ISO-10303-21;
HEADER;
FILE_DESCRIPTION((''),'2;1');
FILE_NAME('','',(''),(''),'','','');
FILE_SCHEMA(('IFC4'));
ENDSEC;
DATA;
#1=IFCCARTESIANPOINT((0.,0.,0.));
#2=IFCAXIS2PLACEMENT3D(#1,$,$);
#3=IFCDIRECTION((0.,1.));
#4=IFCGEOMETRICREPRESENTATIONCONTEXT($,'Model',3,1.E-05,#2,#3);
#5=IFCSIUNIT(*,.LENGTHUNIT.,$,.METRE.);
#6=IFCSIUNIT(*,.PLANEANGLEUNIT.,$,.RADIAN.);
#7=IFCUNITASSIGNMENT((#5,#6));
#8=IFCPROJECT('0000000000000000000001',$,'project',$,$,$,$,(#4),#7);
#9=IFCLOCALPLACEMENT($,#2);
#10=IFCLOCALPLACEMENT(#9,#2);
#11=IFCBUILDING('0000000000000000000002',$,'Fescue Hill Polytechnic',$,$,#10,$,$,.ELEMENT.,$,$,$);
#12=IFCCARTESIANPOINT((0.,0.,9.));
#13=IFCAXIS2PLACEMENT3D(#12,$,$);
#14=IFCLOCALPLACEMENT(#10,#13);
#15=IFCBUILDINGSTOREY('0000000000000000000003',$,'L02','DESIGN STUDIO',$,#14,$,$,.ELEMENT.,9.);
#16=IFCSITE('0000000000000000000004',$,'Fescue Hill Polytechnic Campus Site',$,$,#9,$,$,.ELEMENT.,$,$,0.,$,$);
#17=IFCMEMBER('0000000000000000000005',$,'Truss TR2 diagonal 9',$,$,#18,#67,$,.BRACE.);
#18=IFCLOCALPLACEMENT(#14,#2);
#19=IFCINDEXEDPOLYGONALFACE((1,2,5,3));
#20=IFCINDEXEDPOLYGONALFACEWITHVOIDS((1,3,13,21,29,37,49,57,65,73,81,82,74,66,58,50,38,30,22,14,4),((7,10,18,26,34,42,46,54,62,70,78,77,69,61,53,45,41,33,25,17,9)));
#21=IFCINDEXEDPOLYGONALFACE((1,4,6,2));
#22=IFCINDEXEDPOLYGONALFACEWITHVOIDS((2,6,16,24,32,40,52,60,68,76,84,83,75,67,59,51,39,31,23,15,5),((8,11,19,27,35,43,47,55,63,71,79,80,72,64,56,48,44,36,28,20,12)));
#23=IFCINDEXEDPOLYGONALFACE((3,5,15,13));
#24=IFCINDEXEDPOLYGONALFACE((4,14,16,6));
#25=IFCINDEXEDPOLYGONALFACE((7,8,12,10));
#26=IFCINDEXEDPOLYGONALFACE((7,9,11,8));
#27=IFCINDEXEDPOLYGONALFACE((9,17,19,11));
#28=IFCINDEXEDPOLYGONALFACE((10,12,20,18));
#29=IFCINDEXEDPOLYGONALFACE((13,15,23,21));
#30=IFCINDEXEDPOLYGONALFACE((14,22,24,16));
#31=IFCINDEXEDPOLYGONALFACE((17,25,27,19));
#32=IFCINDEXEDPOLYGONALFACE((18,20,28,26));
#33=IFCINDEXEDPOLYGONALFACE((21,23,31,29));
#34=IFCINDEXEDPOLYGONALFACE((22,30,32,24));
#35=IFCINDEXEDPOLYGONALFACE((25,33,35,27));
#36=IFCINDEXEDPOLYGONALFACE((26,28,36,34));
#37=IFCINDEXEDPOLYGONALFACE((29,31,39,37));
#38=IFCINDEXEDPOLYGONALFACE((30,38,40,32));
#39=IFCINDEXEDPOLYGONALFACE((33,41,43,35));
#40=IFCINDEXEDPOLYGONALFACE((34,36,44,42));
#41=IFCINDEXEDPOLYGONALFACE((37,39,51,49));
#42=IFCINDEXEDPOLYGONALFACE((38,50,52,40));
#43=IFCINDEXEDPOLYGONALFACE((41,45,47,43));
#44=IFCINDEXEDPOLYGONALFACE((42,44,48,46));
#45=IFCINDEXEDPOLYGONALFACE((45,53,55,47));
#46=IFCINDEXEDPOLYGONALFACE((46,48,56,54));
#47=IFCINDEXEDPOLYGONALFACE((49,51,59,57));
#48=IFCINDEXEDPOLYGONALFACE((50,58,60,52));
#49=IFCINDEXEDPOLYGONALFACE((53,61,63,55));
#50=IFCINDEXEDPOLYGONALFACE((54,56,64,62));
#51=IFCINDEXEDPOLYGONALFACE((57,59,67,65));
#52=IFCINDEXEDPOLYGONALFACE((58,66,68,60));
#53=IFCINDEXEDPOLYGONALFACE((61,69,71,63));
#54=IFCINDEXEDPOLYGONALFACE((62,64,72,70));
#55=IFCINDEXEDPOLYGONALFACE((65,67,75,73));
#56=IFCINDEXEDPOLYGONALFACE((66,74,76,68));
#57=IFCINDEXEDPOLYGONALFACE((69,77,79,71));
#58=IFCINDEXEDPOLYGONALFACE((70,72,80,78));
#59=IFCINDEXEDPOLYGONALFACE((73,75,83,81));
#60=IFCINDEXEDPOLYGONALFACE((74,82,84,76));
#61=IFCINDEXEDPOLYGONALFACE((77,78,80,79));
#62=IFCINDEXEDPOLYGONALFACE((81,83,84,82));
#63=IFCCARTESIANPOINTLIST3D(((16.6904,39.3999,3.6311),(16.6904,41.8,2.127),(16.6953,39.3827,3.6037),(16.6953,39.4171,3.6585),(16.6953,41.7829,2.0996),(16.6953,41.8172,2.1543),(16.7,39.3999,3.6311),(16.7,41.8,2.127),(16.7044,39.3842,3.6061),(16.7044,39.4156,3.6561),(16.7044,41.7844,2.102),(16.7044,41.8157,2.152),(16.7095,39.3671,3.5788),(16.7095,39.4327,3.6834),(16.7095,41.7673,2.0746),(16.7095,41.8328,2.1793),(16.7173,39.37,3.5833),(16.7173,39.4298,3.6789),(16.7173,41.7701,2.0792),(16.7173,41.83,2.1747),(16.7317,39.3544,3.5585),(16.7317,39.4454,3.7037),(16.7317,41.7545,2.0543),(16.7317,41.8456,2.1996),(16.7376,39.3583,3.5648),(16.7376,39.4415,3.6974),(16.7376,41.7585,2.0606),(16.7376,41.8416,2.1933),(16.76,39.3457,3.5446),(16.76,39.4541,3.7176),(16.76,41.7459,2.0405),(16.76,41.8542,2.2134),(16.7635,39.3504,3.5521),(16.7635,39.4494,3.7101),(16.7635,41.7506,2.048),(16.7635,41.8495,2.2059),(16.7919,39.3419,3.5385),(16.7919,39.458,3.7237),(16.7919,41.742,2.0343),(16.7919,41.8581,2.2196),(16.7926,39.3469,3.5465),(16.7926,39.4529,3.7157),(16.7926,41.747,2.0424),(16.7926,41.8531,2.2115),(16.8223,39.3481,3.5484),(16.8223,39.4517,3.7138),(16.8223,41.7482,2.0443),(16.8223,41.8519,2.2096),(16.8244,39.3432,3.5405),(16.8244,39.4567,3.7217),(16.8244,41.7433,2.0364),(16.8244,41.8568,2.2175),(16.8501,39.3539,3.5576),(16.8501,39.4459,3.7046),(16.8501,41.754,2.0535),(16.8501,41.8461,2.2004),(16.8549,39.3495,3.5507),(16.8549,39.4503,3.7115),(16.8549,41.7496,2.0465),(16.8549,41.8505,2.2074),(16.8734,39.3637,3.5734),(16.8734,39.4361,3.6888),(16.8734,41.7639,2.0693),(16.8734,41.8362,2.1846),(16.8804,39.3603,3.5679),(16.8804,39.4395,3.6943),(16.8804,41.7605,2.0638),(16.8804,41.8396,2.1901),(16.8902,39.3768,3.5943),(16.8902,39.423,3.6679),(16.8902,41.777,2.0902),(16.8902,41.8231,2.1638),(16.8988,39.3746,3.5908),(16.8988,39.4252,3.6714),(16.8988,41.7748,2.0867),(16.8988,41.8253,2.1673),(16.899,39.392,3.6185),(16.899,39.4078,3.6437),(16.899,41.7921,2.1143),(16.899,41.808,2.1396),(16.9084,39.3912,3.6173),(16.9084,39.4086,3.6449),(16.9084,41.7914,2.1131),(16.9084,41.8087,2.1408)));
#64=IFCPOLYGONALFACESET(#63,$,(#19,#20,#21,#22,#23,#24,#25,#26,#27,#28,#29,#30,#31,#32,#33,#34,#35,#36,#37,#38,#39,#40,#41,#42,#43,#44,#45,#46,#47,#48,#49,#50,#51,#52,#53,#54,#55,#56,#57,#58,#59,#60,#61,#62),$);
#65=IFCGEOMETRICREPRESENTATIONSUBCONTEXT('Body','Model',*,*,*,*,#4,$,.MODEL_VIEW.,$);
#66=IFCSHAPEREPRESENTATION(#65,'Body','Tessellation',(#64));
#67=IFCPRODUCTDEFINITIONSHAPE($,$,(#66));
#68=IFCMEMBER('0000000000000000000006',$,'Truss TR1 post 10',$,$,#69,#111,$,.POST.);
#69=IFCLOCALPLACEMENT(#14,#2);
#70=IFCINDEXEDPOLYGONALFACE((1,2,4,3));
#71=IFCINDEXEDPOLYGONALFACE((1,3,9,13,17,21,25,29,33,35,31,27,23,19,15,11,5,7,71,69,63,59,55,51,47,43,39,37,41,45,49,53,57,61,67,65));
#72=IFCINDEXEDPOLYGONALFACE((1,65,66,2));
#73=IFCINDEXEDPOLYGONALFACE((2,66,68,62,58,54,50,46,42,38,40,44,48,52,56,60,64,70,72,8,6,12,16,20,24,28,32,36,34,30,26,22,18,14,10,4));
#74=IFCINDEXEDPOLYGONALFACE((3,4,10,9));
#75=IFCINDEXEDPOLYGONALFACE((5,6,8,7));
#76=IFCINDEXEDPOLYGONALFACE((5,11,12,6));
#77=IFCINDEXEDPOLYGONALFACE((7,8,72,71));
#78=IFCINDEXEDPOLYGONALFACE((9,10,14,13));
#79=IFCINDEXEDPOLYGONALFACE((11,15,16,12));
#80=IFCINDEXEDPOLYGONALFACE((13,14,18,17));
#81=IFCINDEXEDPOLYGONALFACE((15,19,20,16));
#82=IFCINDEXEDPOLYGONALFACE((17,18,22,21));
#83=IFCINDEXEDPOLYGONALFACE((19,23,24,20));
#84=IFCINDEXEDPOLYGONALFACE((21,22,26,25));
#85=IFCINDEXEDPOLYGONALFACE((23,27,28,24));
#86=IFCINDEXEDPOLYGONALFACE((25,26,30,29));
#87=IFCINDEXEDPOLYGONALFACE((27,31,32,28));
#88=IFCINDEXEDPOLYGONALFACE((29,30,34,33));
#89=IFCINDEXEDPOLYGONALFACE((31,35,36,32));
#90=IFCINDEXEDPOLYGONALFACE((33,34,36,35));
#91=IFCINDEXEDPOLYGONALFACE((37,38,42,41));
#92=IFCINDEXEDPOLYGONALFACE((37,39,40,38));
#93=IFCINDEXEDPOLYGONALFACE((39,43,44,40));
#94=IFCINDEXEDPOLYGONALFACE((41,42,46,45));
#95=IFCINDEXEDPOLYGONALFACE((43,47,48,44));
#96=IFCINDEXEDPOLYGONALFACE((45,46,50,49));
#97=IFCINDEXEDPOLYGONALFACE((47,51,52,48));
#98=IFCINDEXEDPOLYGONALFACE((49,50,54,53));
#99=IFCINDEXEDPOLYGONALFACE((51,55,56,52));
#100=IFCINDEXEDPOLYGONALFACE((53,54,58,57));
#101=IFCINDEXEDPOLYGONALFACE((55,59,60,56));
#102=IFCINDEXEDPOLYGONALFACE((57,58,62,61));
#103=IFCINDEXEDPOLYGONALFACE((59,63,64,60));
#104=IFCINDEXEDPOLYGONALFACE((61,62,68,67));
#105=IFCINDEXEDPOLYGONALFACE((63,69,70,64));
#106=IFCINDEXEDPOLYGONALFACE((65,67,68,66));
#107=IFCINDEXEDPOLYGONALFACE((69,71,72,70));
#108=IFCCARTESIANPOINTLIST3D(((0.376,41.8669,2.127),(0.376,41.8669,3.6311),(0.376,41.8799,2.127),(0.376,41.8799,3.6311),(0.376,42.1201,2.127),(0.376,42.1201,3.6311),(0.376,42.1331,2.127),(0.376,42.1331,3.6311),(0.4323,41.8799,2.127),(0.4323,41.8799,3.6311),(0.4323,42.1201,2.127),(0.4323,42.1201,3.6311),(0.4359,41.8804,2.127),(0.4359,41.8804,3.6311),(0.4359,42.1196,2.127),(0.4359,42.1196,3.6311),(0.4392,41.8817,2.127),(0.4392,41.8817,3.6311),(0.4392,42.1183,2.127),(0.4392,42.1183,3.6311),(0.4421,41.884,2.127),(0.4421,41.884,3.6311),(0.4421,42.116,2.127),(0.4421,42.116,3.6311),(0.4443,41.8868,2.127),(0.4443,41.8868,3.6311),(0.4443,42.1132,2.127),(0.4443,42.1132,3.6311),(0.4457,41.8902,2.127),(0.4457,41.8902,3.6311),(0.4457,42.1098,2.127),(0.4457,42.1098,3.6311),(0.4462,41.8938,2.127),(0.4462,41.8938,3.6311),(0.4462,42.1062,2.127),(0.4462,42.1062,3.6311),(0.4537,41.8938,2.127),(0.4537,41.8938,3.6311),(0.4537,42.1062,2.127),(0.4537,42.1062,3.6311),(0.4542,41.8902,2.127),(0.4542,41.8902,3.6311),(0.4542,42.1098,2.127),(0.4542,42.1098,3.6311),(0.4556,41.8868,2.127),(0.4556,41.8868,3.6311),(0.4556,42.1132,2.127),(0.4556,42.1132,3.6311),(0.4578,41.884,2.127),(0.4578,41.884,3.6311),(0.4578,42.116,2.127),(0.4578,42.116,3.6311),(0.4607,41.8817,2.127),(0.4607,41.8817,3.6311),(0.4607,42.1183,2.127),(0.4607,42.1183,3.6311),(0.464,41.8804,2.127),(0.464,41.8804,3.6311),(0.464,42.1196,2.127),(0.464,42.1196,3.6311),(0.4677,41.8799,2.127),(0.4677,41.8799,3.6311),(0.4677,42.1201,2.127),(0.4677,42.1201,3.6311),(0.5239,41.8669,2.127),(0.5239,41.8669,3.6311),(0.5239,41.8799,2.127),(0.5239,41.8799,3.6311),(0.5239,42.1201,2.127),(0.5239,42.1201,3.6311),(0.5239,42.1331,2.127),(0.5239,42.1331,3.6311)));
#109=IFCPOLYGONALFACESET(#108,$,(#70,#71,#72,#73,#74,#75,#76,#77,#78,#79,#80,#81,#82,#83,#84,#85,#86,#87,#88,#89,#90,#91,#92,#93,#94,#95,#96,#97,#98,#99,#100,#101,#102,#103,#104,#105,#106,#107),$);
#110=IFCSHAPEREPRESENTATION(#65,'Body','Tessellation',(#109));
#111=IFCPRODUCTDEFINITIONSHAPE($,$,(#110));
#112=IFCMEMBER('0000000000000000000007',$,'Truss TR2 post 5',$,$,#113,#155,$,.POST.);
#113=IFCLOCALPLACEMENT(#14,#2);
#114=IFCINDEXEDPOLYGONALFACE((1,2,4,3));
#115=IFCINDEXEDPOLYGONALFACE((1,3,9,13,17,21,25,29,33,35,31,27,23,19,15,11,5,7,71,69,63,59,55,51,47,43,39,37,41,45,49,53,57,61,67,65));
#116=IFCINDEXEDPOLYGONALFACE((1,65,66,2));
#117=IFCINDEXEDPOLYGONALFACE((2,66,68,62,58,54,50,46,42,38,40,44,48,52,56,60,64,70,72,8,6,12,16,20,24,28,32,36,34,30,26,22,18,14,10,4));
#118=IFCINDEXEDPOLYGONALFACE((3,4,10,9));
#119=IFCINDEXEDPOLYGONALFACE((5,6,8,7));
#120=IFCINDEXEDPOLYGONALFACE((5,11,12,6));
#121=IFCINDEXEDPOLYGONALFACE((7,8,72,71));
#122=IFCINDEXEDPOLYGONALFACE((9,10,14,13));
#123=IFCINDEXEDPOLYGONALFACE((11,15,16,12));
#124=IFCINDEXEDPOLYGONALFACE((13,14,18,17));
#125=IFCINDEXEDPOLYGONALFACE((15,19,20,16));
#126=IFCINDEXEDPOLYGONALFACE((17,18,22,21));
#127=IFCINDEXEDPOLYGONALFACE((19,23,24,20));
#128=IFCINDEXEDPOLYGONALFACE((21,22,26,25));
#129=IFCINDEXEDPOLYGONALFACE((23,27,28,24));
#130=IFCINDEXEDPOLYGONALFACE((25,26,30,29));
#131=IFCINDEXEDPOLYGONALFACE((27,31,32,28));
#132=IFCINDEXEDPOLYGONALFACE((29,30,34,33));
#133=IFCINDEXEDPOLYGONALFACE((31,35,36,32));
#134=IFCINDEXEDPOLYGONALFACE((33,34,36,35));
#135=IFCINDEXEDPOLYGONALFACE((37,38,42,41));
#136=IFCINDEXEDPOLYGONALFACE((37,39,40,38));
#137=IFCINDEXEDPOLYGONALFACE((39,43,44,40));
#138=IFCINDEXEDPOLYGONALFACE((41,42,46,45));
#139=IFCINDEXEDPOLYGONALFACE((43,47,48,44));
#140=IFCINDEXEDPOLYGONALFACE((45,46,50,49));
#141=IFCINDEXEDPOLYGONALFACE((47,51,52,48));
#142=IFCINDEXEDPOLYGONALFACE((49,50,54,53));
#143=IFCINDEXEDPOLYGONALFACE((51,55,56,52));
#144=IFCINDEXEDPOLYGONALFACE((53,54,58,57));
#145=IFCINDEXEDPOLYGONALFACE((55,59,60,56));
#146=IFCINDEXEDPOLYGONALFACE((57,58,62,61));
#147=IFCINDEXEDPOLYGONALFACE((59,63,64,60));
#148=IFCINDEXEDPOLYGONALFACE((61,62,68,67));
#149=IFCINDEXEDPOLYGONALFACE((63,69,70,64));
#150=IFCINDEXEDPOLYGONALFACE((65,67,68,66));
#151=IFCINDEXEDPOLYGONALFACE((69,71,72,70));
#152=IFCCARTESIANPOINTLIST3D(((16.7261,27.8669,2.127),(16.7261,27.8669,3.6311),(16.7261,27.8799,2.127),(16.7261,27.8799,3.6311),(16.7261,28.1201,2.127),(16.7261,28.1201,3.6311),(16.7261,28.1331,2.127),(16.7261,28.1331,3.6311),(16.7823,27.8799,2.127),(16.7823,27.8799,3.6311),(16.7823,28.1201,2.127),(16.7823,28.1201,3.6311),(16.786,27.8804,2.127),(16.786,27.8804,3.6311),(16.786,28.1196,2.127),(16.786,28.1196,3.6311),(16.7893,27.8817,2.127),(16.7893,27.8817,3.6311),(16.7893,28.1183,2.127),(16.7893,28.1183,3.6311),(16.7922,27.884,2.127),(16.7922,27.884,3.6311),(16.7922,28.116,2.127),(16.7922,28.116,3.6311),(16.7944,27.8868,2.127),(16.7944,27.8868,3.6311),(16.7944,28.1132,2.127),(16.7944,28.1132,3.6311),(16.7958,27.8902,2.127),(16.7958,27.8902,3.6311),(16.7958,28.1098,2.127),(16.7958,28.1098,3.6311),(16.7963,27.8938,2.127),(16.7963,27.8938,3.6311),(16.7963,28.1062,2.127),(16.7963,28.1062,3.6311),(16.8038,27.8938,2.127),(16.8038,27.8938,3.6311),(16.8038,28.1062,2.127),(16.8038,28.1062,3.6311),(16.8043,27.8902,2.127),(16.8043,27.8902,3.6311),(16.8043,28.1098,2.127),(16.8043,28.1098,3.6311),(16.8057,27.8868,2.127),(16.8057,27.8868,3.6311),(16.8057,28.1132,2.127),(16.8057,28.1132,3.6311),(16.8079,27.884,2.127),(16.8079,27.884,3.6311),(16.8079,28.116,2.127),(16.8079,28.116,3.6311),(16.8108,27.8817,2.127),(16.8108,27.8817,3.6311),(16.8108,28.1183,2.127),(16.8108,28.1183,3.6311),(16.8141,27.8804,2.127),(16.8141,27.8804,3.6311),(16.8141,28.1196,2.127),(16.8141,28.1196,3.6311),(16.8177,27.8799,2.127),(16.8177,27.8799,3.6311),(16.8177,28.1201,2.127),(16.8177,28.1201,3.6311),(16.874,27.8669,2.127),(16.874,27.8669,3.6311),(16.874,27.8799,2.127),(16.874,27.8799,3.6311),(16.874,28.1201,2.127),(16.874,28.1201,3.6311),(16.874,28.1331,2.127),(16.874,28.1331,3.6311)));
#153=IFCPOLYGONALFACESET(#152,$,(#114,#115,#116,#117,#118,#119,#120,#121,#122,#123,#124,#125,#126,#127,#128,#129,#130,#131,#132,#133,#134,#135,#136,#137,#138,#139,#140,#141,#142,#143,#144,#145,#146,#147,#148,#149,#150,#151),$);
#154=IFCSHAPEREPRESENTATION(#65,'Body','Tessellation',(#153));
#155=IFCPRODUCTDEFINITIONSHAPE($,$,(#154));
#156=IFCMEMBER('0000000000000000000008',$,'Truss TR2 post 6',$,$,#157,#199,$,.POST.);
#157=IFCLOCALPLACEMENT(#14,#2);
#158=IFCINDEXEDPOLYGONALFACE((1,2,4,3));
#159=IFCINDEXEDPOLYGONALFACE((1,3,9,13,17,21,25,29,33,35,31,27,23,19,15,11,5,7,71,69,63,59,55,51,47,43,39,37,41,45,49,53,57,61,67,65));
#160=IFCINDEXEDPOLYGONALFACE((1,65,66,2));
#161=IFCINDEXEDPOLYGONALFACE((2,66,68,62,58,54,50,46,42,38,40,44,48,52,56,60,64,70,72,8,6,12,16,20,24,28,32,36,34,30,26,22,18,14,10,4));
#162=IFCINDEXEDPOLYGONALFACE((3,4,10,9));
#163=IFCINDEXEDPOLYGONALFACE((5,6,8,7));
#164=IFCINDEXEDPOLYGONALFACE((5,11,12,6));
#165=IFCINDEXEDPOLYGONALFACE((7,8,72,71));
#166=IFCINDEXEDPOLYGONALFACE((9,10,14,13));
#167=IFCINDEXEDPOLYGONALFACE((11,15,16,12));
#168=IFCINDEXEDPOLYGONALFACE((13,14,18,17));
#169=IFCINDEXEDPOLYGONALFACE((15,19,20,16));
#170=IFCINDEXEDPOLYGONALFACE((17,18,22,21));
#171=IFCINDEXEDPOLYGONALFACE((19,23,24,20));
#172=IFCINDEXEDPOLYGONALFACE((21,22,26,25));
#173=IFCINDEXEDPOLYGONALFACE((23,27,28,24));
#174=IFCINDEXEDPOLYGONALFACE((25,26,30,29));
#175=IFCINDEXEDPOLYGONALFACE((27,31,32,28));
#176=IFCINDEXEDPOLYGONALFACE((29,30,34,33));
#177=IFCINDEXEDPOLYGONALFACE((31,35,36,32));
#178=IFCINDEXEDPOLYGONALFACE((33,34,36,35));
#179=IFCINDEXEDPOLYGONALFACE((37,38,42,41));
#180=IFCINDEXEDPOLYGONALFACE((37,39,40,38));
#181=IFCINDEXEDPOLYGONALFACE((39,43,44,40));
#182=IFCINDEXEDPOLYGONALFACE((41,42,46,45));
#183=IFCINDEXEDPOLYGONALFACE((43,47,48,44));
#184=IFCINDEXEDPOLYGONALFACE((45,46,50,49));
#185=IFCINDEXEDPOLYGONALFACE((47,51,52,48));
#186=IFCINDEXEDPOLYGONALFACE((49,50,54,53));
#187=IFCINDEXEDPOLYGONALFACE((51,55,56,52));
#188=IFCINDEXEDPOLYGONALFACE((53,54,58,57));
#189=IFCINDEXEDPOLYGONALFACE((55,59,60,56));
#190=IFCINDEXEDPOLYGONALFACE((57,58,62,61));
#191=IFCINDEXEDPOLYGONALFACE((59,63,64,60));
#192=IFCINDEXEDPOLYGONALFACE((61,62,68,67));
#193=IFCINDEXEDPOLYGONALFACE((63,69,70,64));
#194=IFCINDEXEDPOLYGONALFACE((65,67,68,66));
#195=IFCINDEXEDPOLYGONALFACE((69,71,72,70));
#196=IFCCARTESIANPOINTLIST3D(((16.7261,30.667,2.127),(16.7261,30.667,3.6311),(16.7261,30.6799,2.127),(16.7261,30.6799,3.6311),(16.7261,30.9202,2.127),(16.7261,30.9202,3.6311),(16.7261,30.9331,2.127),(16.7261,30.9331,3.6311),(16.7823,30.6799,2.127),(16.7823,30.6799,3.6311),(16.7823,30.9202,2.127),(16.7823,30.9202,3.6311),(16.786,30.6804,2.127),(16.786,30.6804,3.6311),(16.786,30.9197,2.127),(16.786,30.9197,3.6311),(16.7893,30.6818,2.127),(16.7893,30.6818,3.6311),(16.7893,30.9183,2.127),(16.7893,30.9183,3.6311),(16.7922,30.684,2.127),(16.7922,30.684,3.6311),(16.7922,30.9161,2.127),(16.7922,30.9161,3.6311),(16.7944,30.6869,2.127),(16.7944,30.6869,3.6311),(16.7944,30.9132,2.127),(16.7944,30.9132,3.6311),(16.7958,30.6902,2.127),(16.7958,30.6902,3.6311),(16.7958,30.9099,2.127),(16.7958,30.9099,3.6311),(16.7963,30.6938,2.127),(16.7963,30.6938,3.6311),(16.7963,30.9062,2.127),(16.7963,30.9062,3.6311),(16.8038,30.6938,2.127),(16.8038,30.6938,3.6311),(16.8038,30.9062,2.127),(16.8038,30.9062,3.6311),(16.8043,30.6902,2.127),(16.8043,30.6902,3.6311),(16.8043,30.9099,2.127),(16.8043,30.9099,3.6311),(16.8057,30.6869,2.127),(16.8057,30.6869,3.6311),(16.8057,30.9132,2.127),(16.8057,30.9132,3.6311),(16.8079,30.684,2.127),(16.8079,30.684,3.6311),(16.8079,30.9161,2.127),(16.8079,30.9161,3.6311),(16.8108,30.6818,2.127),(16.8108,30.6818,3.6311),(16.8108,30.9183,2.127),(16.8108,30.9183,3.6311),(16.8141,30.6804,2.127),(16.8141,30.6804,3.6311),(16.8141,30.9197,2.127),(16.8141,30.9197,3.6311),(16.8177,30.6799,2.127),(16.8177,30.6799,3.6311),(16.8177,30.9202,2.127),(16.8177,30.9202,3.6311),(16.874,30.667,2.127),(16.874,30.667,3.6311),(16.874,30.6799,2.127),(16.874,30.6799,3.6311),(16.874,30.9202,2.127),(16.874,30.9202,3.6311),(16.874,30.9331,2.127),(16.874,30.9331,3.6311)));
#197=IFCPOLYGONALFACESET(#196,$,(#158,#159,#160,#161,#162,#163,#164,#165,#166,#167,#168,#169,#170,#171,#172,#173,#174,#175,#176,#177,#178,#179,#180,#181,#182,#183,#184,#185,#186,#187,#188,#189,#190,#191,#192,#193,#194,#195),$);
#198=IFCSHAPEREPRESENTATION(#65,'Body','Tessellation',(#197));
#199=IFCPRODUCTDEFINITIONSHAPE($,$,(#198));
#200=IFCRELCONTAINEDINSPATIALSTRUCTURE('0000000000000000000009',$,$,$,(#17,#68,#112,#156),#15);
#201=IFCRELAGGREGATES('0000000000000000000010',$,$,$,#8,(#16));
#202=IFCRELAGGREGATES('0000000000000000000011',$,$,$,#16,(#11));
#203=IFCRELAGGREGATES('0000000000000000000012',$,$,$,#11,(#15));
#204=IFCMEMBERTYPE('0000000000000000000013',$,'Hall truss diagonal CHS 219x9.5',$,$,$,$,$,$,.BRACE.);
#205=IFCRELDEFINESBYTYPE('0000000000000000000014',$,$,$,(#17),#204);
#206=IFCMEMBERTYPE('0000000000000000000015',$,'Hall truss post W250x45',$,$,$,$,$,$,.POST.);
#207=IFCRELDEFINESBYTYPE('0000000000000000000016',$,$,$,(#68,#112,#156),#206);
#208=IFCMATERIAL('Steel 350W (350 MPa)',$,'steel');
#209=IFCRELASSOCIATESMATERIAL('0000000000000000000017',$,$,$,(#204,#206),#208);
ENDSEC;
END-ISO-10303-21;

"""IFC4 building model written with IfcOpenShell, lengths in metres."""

from ifc_helpers import new_model, si_unit, direction, frame, origin, origin_2d, place, context, subcontext, project, spatial, hollow_circle, i_section, extrude, material, material_profile, profile_set, type_object, element, save


model = new_model("IFC4")

# Units and contexts
model_context = context("Model", 3, precision=1e-05, world=origin(), true_north=direction((0.0, 1.0)))
body_context = subcontext(model_context, "Body", "Model", "MODEL_VIEW")
ifc_project = project(units=[si_unit("LENGTHUNIT", "METRE"), si_unit("PLANEANGLEUNIT", "RADIAN")], contexts=[model_context])

# Site, building, storey
site_placement = place(None, origin())
site = spatial("IfcSite", under=ifc_project, at=site_placement, Name="Fescue Hill Polytechnic Campus Site", CompositionType="ELEMENT", RefElevation=0.0)
building_placement = place(site_placement, origin())
building = spatial("IfcBuilding", under=site, at=building_placement, Name="Fescue Hill Polytechnic", CompositionType="ELEMENT")
storey_placement = place(building_placement, frame((0.0, 0.0, 9.0)))
storey = spatial("IfcBuildingStorey", under=building, at=storey_placement, Name="L02", Description="DESIGN STUDIO", CompositionType="ELEMENT", Elevation=9.0)

# Members
ifc_material = material(Name="Steel 350W (350 MPa)", Category="steel")
ifc_material_profile_1 = material_profile(ifc_material, hollow_circle(Radius=0.1096, WallThickness=0.0095, at=origin_2d()), Name="Hall truss diagonal CHS 219x9.5")
ifc_profile_set_1 = profile_set([ifc_material_profile_1], Name="Steel 350W (350 MPa)")
member_type_1 = type_object("IfcMemberType", Name="Hall truss diagonal CHS 219x9.5", PredefinedType="BRACE", material=ifc_profile_set_1)
member_1_placement = place(storey_placement, frame((16.8, 39.3999, 3.6311), z_axis=(0.0, 0.847354, -0.531029), x_axis=(-1.0, 0.0, 0.0)))
element("IfcMember", 1, at=member_1_placement, inside=storey, type_object=member_type_1, Name="Truss TR2 diagonal 9", PredefinedType="BRACE", context=body_context, shape_type="SweptSolid", body=[
    extrude(hollow_circle(Radius=0.1096, WallThickness=0.0095, at=origin_2d()), origin(), (0.0, 0.0, 1.0), 2.8325),
])
ifc_material_profile_2 = material_profile(ifc_material, i_section(OverallWidth=0.1479, OverallDepth=0.2661, WebThickness=0.0076, FlangeThickness=0.0129, FilletRadius=0.0139, at=origin_2d()), Name="W250x45")
ifc_profile_set_2 = profile_set([ifc_material_profile_2], Name="Steel 350W (350 MPa)")
member_type_2 = type_object("IfcMemberType", Name="Hall truss post W250x45", PredefinedType="POST", material=ifc_profile_set_2)
for number, where, z_axis, x_axis, name in (
    (2, (0.45, 42.0, 2.127), (0.0, 0.0, 1.0), (1.0, 0.0, 0.0), "Truss TR1 post 10"),
    (3, (16.8, 28.0, 2.127), (0.0, 0.0, 1.0), (1.0, 0.0, 0.0), "Truss TR2 post 5"),
    (4, (16.8, 30.8, 2.127), (0.0, 0.0, 1.0), (1.0, 0.0, 0.0), "Truss TR2 post 6"),
):
    element("IfcMember", number, at=place(storey_placement, frame(where, z_axis=z_axis, x_axis=x_axis)), inside=storey, type_object=member_type_2, Name=name, PredefinedType="POST", context=body_context, shape_type="SweptSolid", body=[
        extrude(i_section(OverallWidth=0.1479, OverallDepth=0.2661, WebThickness=0.0076, FlangeThickness=0.0129, FilletRadius=0.0139, at=origin_2d()), origin(), (0.0, 0.0, 1.0), 1.5042),
    ])

save(model, "model.ifc")
